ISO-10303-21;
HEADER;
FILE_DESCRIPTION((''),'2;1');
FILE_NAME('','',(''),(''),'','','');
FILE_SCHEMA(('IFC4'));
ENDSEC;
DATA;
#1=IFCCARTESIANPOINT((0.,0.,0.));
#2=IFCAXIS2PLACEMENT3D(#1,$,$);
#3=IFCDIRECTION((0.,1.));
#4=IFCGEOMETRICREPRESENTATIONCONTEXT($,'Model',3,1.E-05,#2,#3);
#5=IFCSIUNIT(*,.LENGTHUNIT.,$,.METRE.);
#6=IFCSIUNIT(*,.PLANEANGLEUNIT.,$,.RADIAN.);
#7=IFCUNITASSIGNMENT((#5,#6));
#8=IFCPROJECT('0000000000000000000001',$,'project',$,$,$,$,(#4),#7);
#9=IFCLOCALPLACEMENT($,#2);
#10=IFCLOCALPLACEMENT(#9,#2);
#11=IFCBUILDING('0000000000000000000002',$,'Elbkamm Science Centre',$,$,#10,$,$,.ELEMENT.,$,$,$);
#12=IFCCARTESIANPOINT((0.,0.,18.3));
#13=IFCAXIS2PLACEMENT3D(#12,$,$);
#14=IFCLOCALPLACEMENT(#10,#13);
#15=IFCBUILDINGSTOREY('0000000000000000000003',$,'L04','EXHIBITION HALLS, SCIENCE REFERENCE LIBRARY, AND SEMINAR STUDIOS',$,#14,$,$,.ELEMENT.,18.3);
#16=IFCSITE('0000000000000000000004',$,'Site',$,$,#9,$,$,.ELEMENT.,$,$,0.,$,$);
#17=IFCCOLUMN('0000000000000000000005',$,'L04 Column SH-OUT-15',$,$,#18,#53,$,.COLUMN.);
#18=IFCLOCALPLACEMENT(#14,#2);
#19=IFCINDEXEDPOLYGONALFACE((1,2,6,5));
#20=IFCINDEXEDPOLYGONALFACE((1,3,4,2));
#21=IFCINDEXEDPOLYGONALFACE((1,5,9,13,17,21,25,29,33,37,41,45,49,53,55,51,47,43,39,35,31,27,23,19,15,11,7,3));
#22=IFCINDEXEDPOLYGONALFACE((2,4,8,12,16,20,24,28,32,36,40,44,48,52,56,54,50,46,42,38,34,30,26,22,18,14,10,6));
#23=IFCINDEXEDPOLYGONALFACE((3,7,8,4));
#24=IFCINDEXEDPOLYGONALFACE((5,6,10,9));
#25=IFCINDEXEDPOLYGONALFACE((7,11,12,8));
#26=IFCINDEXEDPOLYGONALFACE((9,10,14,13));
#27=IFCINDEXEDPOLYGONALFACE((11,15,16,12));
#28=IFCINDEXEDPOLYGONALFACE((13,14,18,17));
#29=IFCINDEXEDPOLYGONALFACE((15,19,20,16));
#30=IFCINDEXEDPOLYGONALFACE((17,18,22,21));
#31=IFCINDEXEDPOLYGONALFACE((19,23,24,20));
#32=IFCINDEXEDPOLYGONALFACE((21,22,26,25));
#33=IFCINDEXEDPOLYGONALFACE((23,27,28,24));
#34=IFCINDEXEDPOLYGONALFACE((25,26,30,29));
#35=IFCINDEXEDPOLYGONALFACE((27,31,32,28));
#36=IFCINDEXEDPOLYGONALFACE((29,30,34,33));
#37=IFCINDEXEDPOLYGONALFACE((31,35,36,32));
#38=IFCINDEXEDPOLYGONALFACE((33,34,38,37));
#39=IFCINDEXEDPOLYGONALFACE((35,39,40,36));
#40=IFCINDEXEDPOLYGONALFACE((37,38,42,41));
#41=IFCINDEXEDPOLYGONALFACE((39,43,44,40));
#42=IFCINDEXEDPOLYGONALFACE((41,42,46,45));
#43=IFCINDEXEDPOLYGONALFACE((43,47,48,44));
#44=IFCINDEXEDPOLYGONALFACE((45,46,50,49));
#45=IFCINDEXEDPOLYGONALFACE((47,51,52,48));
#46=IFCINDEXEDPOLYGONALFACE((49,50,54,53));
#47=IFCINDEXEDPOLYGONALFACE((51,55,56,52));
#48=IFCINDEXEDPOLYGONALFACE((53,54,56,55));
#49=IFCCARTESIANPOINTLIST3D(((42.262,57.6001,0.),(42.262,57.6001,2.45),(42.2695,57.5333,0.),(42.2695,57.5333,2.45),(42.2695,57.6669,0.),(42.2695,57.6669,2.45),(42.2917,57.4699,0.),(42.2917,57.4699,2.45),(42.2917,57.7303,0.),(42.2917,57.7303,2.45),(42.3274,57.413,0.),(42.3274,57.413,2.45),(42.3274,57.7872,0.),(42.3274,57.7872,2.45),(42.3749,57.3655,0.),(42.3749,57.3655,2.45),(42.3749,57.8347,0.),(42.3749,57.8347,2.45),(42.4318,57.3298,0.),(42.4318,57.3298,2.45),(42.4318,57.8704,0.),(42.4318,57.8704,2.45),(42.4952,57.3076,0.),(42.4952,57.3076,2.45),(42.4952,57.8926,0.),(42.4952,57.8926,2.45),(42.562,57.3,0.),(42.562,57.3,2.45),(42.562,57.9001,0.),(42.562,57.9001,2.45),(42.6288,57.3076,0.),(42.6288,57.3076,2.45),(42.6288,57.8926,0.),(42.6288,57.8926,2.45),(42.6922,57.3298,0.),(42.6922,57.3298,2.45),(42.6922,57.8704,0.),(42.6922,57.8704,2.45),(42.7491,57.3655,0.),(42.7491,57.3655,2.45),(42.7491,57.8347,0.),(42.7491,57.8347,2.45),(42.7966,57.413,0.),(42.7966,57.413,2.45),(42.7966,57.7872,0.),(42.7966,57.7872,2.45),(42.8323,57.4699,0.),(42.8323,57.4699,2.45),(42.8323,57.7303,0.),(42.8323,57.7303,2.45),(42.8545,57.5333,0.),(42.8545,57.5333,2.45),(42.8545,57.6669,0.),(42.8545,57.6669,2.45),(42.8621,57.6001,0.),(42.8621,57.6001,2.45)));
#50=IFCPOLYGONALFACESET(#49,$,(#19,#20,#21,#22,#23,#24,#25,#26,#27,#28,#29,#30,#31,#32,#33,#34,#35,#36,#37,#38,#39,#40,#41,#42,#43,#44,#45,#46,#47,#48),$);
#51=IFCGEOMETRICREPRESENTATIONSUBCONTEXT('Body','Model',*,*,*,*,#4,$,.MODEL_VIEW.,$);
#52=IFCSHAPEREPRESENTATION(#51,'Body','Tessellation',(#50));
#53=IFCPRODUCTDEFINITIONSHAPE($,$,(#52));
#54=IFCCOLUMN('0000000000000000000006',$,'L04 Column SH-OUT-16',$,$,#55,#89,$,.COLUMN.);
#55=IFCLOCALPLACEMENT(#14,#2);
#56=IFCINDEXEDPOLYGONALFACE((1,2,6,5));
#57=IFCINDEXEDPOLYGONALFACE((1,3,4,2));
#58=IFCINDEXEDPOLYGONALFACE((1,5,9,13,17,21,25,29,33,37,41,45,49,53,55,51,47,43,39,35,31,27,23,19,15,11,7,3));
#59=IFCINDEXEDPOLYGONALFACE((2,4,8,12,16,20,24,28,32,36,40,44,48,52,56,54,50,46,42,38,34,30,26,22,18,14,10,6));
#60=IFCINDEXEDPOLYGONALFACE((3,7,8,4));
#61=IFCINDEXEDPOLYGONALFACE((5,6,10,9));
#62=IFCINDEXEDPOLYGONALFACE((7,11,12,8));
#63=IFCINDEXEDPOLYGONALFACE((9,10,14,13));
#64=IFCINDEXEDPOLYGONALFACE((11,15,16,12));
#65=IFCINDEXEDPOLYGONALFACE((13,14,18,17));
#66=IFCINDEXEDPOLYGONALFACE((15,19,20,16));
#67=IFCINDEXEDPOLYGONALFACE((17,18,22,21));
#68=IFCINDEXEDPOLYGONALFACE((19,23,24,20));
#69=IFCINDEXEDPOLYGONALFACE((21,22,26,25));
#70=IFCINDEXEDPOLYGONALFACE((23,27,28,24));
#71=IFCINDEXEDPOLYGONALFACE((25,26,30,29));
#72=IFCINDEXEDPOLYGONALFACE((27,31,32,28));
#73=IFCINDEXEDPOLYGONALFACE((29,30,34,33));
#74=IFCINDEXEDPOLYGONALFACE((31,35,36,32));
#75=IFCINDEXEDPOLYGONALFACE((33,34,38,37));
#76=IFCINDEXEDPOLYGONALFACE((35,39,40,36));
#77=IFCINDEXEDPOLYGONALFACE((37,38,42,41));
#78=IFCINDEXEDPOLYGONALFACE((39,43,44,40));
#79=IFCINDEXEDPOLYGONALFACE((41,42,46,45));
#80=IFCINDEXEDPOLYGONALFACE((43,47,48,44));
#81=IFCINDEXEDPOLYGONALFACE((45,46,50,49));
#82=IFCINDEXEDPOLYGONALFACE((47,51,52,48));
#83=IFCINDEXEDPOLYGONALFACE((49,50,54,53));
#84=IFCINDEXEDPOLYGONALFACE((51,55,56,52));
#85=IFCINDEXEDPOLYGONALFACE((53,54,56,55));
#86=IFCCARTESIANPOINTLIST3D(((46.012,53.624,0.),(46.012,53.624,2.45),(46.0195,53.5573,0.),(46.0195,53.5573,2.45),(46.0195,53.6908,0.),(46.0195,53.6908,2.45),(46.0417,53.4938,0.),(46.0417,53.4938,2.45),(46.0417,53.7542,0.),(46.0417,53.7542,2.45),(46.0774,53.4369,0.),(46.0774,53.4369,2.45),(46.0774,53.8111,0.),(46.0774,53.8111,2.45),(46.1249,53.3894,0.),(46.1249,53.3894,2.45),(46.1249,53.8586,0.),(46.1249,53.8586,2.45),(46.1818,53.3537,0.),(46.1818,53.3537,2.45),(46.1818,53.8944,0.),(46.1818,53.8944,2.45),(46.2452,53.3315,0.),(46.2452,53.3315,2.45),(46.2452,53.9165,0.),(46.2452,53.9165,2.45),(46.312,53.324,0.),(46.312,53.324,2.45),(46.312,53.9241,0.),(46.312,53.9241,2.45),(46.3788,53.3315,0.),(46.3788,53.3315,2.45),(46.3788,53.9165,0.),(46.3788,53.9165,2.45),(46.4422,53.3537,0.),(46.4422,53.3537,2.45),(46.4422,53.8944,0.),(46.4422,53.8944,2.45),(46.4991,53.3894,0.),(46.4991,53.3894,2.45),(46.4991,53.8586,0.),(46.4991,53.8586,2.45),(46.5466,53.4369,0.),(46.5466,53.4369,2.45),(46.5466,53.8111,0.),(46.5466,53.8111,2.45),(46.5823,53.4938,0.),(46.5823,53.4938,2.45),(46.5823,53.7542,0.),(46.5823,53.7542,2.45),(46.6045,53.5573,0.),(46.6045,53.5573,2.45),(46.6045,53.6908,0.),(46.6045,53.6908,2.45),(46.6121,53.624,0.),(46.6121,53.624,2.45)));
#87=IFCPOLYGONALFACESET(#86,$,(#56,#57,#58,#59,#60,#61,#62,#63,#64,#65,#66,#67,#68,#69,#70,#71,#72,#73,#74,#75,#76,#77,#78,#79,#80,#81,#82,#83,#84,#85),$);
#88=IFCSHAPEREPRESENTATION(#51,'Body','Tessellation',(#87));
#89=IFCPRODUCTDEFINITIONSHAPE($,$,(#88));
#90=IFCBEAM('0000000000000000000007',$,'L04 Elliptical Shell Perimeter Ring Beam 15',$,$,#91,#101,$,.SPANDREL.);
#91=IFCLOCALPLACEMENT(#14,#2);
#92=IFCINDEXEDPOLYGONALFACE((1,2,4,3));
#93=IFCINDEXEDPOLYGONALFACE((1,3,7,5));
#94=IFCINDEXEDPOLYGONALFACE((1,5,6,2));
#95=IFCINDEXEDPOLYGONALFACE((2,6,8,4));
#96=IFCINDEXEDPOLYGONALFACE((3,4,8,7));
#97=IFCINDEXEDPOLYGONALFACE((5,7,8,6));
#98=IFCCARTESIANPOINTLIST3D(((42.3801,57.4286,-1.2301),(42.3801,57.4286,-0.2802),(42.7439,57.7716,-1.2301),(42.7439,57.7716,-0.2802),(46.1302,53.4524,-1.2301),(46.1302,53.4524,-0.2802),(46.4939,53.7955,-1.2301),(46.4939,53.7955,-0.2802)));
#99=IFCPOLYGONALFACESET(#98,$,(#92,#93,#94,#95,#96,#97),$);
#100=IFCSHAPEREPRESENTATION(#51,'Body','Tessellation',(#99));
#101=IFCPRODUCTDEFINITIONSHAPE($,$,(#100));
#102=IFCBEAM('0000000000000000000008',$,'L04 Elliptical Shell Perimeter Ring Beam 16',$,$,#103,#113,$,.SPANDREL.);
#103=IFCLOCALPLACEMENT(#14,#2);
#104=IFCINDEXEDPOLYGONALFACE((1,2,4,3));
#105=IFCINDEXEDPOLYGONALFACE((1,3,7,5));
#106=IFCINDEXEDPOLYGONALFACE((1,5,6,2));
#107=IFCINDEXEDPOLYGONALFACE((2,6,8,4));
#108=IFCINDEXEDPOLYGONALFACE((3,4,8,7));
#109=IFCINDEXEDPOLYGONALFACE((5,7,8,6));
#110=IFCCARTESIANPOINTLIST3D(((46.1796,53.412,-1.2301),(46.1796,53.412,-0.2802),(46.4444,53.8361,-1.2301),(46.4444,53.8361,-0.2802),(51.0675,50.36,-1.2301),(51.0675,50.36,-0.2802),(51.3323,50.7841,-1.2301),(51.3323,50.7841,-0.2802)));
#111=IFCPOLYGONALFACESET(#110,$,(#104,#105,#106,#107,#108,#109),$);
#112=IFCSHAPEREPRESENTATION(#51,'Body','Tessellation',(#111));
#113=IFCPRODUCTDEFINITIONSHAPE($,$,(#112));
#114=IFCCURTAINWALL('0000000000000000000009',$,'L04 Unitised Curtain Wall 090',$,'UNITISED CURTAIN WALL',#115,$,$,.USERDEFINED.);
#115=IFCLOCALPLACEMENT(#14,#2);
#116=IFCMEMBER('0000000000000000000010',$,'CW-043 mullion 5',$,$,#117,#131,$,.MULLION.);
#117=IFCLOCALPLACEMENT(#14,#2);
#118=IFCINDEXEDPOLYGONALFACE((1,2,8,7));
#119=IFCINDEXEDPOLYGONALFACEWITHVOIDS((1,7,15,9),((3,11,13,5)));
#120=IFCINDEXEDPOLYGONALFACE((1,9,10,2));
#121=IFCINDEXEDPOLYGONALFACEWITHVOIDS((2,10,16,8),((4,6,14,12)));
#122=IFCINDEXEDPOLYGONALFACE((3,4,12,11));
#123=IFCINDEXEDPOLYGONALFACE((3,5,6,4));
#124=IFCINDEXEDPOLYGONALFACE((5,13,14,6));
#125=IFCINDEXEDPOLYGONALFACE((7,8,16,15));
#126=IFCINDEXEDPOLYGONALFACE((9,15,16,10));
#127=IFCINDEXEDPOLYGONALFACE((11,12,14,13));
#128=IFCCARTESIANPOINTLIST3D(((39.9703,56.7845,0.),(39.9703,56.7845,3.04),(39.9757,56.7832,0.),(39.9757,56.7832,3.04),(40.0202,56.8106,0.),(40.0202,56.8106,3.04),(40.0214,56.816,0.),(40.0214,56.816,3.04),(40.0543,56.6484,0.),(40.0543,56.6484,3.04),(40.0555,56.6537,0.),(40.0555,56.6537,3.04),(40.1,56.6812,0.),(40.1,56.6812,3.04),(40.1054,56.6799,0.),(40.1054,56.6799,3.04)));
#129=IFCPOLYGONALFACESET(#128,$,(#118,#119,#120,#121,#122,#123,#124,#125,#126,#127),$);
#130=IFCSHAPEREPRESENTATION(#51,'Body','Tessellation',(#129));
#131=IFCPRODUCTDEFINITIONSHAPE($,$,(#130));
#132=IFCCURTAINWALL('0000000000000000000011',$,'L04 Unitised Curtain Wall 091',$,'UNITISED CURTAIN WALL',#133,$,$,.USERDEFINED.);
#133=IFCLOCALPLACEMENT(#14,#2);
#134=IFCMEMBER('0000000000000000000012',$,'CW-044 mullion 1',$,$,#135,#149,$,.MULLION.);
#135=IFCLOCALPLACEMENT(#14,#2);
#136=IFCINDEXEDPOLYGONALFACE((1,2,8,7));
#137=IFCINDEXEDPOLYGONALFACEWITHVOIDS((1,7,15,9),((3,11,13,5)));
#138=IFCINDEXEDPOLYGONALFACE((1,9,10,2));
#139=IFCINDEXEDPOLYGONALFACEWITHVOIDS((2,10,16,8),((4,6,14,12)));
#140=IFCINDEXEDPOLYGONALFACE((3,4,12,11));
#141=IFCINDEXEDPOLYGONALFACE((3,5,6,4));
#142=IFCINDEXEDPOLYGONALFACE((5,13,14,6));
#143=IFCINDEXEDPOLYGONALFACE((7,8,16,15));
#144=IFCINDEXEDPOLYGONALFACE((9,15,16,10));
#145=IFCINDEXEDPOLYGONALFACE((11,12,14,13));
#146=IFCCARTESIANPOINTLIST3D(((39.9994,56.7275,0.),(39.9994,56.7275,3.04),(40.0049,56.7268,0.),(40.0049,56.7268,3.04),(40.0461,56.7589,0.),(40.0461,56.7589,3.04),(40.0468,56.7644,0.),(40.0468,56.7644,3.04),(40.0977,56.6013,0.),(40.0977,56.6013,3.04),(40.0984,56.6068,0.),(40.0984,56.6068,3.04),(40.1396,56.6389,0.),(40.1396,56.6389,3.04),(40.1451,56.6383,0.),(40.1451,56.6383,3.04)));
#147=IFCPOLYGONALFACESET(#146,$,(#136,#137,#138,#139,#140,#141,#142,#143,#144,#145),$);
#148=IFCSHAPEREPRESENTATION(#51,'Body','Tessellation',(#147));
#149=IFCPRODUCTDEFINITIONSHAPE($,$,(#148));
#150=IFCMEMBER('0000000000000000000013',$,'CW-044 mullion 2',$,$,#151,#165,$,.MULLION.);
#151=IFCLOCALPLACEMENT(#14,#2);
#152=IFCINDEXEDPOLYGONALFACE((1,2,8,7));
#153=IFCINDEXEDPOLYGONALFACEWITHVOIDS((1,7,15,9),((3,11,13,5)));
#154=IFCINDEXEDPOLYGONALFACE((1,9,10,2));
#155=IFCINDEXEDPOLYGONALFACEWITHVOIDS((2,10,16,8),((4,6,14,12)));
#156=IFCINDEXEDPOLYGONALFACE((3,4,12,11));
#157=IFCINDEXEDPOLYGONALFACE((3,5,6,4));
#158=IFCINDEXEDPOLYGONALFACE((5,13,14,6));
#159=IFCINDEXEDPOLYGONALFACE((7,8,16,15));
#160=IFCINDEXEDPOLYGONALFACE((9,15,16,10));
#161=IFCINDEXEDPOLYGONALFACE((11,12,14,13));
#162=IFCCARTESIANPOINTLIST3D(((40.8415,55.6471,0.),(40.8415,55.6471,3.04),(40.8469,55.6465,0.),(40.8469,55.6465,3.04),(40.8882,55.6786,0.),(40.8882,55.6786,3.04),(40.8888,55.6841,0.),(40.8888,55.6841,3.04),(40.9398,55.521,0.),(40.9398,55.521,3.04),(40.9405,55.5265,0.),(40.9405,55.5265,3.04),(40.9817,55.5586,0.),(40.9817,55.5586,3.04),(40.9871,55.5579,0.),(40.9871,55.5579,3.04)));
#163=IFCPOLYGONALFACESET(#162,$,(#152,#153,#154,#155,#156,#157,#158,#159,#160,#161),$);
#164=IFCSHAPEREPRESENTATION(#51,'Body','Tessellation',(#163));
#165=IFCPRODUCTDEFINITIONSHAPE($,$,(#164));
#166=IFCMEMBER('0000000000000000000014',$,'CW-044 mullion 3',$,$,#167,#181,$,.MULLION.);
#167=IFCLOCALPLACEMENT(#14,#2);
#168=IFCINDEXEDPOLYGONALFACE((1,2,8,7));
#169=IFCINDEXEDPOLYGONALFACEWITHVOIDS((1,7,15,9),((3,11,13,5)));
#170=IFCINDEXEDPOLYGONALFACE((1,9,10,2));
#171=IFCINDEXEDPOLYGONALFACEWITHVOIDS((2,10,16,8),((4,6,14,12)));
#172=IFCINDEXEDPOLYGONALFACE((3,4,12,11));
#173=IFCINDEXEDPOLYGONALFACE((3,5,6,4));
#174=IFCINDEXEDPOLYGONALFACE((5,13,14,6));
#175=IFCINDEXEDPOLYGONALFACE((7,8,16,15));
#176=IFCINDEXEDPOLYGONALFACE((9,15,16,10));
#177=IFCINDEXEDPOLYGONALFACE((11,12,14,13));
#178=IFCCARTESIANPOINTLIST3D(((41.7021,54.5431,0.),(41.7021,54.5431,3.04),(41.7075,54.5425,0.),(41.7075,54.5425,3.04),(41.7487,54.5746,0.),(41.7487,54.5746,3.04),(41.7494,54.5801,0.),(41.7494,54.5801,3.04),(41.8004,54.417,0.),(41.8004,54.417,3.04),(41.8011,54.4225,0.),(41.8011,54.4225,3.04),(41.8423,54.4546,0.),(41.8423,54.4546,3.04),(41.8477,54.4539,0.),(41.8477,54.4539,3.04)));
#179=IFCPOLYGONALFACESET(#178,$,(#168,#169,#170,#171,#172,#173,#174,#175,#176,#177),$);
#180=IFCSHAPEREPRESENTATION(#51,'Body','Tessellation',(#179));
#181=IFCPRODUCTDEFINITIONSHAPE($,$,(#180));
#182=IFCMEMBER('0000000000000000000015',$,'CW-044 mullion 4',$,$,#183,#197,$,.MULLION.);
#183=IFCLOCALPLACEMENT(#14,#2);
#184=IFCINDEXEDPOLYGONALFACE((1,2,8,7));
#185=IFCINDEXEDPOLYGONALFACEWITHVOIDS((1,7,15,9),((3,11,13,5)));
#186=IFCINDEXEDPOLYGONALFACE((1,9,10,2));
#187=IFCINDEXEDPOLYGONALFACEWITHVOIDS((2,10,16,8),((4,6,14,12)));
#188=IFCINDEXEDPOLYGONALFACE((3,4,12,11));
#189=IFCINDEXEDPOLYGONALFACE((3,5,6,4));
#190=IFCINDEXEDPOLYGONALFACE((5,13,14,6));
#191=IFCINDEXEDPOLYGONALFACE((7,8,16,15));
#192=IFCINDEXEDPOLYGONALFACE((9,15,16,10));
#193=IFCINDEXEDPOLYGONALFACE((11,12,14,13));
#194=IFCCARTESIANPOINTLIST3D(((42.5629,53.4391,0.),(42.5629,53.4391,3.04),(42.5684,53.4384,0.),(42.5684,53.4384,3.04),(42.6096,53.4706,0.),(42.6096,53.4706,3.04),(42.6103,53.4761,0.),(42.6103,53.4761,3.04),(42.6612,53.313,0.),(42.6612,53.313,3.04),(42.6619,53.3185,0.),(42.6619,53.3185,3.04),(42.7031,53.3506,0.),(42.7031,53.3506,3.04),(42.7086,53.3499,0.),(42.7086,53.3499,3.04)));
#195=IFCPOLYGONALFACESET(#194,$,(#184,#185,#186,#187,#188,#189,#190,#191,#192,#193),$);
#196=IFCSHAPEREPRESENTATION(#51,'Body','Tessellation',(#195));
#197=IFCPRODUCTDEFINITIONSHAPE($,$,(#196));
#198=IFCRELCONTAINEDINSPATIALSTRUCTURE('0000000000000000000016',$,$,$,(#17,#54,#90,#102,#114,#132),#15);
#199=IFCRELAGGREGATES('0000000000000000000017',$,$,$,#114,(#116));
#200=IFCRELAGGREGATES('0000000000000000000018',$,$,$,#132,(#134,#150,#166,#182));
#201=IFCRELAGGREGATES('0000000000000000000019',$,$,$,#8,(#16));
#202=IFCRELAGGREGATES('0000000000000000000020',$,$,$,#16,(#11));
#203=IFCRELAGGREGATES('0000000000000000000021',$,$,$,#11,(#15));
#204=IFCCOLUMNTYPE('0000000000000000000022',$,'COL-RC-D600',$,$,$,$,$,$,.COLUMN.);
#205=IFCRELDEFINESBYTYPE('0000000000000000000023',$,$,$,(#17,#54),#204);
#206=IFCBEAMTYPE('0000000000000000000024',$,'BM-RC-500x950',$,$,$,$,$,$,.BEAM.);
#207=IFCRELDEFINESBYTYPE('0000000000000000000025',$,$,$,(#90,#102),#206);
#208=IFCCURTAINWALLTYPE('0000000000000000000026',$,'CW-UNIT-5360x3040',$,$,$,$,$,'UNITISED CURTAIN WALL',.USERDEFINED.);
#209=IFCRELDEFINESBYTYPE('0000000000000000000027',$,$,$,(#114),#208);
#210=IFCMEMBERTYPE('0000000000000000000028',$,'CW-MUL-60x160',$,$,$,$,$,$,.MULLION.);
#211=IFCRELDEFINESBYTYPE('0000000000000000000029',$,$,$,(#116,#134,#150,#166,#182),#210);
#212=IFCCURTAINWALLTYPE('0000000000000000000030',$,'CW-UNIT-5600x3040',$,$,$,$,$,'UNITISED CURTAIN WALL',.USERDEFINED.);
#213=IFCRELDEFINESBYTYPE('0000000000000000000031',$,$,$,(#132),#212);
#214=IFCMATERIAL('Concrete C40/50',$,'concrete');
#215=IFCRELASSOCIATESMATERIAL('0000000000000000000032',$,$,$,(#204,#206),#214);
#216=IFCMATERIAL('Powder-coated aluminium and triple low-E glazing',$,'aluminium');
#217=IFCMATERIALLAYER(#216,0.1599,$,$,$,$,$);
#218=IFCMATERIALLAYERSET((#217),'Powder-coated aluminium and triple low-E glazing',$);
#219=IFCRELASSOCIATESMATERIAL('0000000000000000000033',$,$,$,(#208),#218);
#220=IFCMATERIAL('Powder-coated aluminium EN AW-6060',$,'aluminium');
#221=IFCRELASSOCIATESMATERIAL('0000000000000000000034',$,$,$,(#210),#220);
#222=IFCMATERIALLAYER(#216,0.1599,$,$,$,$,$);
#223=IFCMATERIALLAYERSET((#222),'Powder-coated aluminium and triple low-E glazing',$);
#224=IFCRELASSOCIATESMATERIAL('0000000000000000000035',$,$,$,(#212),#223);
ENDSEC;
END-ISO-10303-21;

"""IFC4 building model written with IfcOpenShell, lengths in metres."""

from ifc_helpers import new_model, si_unit, direction, frame, origin, origin_2d, place, context, subcontext, project, spatial, rectangle, hollow_rectangle, circle, extrude, material, layer, layer_set, material_profile, profile_set, type_object, element, aggregate, save


model = new_model("IFC4")

# Units and contexts
model_context = context("Model", 3, precision=1e-05, world=origin(), true_north=direction((0.0, 1.0)))
body_context = subcontext(model_context, "Body", "Model", "MODEL_VIEW")
ifc_project = project(units=[si_unit("LENGTHUNIT", "METRE"), si_unit("PLANEANGLEUNIT", "RADIAN")], contexts=[model_context])

# Site, building, storey
site_placement = place(None, origin())
site = spatial("IfcSite", under=ifc_project, at=site_placement, Name="Site", CompositionType="ELEMENT", RefElevation=0.0)
building_placement = place(site_placement, origin())
building = spatial("IfcBuilding", under=site, at=building_placement, Name="Elbkamm Science Centre", CompositionType="ELEMENT")
storey_placement = place(building_placement, frame((0.0, 0.0, 18.3)))
storey = spatial("IfcBuildingStorey", under=building, at=storey_placement, Name="L04", Description="EXHIBITION HALLS, SCIENCE REFERENCE LIBRARY, AND SEMINAR STUDIOS", CompositionType="ELEMENT", Elevation=18.3)

# Columns
ifc_material_1 = material(Name="Concrete C40/50", Category="concrete")
ifc_material_profile_1 = material_profile(ifc_material_1, circle(Radius=0.3, at=origin_2d()), Name="RC D600")
ifc_profile_set_1 = profile_set([ifc_material_profile_1], Name="Concrete C40/50")
column_type = type_object("IfcColumnType", Name="COL-RC-D600", PredefinedType="COLUMN", material=ifc_profile_set_1)
for number, where, z_axis, x_axis, name in (
    (1, (42.562, 57.6001, 0.0), (0.0, 0.0, 1.0), (1.0, 0.0, 0.0), "L04 Column SH-OUT-15"),
    (2, (46.312, 53.624, 0.0), (0.0, 0.0, 1.0), (1.0, 0.0, 0.0), "L04 Column SH-OUT-16"),
):
    element("IfcColumn", number, at=place(storey_placement, frame(where, z_axis=z_axis, x_axis=x_axis)), inside=storey, type_object=column_type, Name=name, PredefinedType="COLUMN", context=body_context, shape_type="SweptSolid", body=[
        extrude(circle(Radius=0.3, at=origin_2d()), origin(), (0.0, 0.0, 1.0), 2.45),
    ])

# Beams
ifc_material_profile_2 = material_profile(ifc_material_1, rectangle(XDim=0.5, YDim=0.95, at=origin_2d()), Name="RC 500x950")
ifc_profile_set_2 = profile_set([ifc_material_profile_2], Name="Concrete C40/50")
beam_type = type_object("IfcBeamType", Name="BM-RC-500x950", PredefinedType="BEAM", material=ifc_profile_set_2)
beam_1_placement = place(storey_placement, frame((42.562, 57.6001, -0.7551), z_axis=(0.686122, -0.727486, 0.0), x_axis=(0.727486, 0.686122, 0.0)))
element("IfcBeam", 3, at=beam_1_placement, inside=storey, type_object=beam_type, Name="L04 Elliptical Shell Perimeter Ring Beam 15", PredefinedType="SPANDREL", context=body_context, shape_type="SweptSolid", body=[
    extrude(rectangle(XDim=0.5, YDim=0.95, at=origin_2d()), origin(), (0.0, 0.0, 1.0), 5.4656),
])
beam_2_placement = place(storey_placement, frame((46.312, 53.624, -0.7551), z_axis=(0.848229, -0.529629, 0.0), x_axis=(0.529629, 0.848229, 0.0)))
element("IfcBeam", 4, at=beam_2_placement, inside=storey, type_object=beam_type, Name="L04 Elliptical Shell Perimeter Ring Beam 16", PredefinedType="SPANDREL", context=body_context, shape_type="SweptSolid", body=[
    extrude(rectangle(XDim=0.5, YDim=0.95, at=origin_2d()), origin(), (0.0, 0.0, 1.0), 5.7625),
])

# Curtain wall, member
ifc_material_2 = material(Name="Powder-coated aluminium and triple low-E glazing", Category="aluminium")
ifc_layer_1 = layer(ifc_material_2, 0.1599)
ifc_layer_set_1 = layer_set([ifc_layer_1], Name="Powder-coated aluminium and triple low-E glazing")
curtain_wall_type_1 = type_object("IfcCurtainWallType", Name="CW-UNIT-5360x3040", ElementType="UNITISED CURTAIN WALL", PredefinedType="USERDEFINED", material=ifc_layer_set_1)
curtain_wall_1_placement = place(storey_placement, origin())
curtain_wall_1 = element("IfcCurtainWall", 5, at=curtain_wall_1_placement, inside=storey, type_object=curtain_wall_type_1, Name="L04 Unitised Curtain Wall 090", ObjectType="UNITISED CURTAIN WALL", PredefinedType="USERDEFINED")
ifc_material_3 = material(Name="Powder-coated aluminium EN AW-6060", Category="aluminium")
ifc_material_profile_3 = material_profile(ifc_material_3, hollow_rectangle(XDim=0.0601, YDim=0.1599, WallThickness=0.0039, at=origin_2d()), Name="ALU M60x160")
ifc_profile_set_3 = profile_set([ifc_material_profile_3], Name="Powder-coated aluminium EN AW-6060")
member_type_1 = type_object("IfcMemberType", Name="CW-MUL-60x160", PredefinedType="MULLION", material=ifc_profile_set_3)
member_1_placement = place(storey_placement, frame((40.0378, 56.7322, 0.0), z_axis=(0.0, 0.0, 1.0), x_axis=(0.851147, 0.524927, 0.0)))
member_1 = element("IfcMember", 6, at=member_1_placement, type_object=member_type_1, Name="CW-043 mullion 5", PredefinedType="MULLION", context=body_context, shape_type="SweptSolid", body=[
    extrude(hollow_rectangle(XDim=0.0601, YDim=0.1599, WallThickness=0.0039, at=origin_2d()), origin(), (0.0, 0.0, 1.0), 3.04),
])
aggregate(curtain_wall_1, [member_1])

# Curtain wall, members
ifc_layer_2 = layer(ifc_material_2, 0.1599)
ifc_layer_set_2 = layer_set([ifc_layer_2], Name="Powder-coated aluminium and triple low-E glazing")
curtain_wall_type_2 = type_object("IfcCurtainWallType", Name="CW-UNIT-5600x3040", ElementType="UNITISED CURTAIN WALL", PredefinedType="USERDEFINED", material=ifc_layer_set_2)
curtain_wall_2_placement = place(storey_placement, origin())
curtain_wall_2 = element("IfcCurtainWall", 7, at=curtain_wall_2_placement, inside=storey, type_object=curtain_wall_type_2, Name="L04 Unitised Curtain Wall 091", ObjectType="UNITISED CURTAIN WALL", PredefinedType="USERDEFINED")
member_2_placement = place(storey_placement, frame((40.0723, 56.6829, 0.0), z_axis=(0.0, 0.0, 1.0), x_axis=(0.788679, 0.614806, 0.0)))
member_2 = element("IfcMember", 8, at=member_2_placement, type_object=member_type_1, Name="CW-044 mullion 1", PredefinedType="MULLION", context=body_context, shape_type="SweptSolid", body=[
    extrude(hollow_rectangle(XDim=0.0601, YDim=0.1599, WallThickness=0.0039, at=origin_2d()), origin(), (0.0, 0.0, 1.0), 3.04),
])
member_3_placement = place(storey_placement, frame((40.9143, 55.6025, 0.0), z_axis=(0.0, 0.0, 1.0), x_axis=(0.788679, 0.614806, 0.0)))
member_3 = element("IfcMember", 9, at=member_3_placement, type_object=member_type_1, Name="CW-044 mullion 2", PredefinedType="MULLION", context=body_context, shape_type="SweptSolid", body=[
    extrude(hollow_rectangle(XDim=0.0601, YDim=0.1599, WallThickness=0.0039, at=origin_2d()), origin(), (0.0, 0.0, 1.0), 3.04),
])
member_4_placement = place(storey_placement, frame((41.7749, 54.4985, 0.0), z_axis=(0.0, 0.0, 1.0), x_axis=(0.788679, 0.614806, 0.0)))
member_4 = element("IfcMember", 10, at=member_4_placement, type_object=member_type_1, Name="CW-044 mullion 3", PredefinedType="MULLION", context=body_context, shape_type="SweptSolid", body=[
    extrude(hollow_rectangle(XDim=0.0601, YDim=0.1599, WallThickness=0.0039, at=origin_2d()), origin(), (0.0, 0.0, 1.0), 3.04),
])
member_5_placement = place(storey_placement, frame((42.6357, 53.3945, 0.0), z_axis=(0.0, 0.0, 1.0), x_axis=(0.788679, 0.614806, 0.0)))
member_5 = element("IfcMember", 11, at=member_5_placement, type_object=member_type_1, Name="CW-044 mullion 4", PredefinedType="MULLION", context=body_context, shape_type="SweptSolid", body=[
    extrude(hollow_rectangle(XDim=0.0601, YDim=0.1599, WallThickness=0.0039, at=origin_2d()), origin(), (0.0, 0.0, 1.0), 3.04),
])
aggregate(curtain_wall_2, [member_2, member_3, member_4, member_5])

save(model, "model.ifc")
